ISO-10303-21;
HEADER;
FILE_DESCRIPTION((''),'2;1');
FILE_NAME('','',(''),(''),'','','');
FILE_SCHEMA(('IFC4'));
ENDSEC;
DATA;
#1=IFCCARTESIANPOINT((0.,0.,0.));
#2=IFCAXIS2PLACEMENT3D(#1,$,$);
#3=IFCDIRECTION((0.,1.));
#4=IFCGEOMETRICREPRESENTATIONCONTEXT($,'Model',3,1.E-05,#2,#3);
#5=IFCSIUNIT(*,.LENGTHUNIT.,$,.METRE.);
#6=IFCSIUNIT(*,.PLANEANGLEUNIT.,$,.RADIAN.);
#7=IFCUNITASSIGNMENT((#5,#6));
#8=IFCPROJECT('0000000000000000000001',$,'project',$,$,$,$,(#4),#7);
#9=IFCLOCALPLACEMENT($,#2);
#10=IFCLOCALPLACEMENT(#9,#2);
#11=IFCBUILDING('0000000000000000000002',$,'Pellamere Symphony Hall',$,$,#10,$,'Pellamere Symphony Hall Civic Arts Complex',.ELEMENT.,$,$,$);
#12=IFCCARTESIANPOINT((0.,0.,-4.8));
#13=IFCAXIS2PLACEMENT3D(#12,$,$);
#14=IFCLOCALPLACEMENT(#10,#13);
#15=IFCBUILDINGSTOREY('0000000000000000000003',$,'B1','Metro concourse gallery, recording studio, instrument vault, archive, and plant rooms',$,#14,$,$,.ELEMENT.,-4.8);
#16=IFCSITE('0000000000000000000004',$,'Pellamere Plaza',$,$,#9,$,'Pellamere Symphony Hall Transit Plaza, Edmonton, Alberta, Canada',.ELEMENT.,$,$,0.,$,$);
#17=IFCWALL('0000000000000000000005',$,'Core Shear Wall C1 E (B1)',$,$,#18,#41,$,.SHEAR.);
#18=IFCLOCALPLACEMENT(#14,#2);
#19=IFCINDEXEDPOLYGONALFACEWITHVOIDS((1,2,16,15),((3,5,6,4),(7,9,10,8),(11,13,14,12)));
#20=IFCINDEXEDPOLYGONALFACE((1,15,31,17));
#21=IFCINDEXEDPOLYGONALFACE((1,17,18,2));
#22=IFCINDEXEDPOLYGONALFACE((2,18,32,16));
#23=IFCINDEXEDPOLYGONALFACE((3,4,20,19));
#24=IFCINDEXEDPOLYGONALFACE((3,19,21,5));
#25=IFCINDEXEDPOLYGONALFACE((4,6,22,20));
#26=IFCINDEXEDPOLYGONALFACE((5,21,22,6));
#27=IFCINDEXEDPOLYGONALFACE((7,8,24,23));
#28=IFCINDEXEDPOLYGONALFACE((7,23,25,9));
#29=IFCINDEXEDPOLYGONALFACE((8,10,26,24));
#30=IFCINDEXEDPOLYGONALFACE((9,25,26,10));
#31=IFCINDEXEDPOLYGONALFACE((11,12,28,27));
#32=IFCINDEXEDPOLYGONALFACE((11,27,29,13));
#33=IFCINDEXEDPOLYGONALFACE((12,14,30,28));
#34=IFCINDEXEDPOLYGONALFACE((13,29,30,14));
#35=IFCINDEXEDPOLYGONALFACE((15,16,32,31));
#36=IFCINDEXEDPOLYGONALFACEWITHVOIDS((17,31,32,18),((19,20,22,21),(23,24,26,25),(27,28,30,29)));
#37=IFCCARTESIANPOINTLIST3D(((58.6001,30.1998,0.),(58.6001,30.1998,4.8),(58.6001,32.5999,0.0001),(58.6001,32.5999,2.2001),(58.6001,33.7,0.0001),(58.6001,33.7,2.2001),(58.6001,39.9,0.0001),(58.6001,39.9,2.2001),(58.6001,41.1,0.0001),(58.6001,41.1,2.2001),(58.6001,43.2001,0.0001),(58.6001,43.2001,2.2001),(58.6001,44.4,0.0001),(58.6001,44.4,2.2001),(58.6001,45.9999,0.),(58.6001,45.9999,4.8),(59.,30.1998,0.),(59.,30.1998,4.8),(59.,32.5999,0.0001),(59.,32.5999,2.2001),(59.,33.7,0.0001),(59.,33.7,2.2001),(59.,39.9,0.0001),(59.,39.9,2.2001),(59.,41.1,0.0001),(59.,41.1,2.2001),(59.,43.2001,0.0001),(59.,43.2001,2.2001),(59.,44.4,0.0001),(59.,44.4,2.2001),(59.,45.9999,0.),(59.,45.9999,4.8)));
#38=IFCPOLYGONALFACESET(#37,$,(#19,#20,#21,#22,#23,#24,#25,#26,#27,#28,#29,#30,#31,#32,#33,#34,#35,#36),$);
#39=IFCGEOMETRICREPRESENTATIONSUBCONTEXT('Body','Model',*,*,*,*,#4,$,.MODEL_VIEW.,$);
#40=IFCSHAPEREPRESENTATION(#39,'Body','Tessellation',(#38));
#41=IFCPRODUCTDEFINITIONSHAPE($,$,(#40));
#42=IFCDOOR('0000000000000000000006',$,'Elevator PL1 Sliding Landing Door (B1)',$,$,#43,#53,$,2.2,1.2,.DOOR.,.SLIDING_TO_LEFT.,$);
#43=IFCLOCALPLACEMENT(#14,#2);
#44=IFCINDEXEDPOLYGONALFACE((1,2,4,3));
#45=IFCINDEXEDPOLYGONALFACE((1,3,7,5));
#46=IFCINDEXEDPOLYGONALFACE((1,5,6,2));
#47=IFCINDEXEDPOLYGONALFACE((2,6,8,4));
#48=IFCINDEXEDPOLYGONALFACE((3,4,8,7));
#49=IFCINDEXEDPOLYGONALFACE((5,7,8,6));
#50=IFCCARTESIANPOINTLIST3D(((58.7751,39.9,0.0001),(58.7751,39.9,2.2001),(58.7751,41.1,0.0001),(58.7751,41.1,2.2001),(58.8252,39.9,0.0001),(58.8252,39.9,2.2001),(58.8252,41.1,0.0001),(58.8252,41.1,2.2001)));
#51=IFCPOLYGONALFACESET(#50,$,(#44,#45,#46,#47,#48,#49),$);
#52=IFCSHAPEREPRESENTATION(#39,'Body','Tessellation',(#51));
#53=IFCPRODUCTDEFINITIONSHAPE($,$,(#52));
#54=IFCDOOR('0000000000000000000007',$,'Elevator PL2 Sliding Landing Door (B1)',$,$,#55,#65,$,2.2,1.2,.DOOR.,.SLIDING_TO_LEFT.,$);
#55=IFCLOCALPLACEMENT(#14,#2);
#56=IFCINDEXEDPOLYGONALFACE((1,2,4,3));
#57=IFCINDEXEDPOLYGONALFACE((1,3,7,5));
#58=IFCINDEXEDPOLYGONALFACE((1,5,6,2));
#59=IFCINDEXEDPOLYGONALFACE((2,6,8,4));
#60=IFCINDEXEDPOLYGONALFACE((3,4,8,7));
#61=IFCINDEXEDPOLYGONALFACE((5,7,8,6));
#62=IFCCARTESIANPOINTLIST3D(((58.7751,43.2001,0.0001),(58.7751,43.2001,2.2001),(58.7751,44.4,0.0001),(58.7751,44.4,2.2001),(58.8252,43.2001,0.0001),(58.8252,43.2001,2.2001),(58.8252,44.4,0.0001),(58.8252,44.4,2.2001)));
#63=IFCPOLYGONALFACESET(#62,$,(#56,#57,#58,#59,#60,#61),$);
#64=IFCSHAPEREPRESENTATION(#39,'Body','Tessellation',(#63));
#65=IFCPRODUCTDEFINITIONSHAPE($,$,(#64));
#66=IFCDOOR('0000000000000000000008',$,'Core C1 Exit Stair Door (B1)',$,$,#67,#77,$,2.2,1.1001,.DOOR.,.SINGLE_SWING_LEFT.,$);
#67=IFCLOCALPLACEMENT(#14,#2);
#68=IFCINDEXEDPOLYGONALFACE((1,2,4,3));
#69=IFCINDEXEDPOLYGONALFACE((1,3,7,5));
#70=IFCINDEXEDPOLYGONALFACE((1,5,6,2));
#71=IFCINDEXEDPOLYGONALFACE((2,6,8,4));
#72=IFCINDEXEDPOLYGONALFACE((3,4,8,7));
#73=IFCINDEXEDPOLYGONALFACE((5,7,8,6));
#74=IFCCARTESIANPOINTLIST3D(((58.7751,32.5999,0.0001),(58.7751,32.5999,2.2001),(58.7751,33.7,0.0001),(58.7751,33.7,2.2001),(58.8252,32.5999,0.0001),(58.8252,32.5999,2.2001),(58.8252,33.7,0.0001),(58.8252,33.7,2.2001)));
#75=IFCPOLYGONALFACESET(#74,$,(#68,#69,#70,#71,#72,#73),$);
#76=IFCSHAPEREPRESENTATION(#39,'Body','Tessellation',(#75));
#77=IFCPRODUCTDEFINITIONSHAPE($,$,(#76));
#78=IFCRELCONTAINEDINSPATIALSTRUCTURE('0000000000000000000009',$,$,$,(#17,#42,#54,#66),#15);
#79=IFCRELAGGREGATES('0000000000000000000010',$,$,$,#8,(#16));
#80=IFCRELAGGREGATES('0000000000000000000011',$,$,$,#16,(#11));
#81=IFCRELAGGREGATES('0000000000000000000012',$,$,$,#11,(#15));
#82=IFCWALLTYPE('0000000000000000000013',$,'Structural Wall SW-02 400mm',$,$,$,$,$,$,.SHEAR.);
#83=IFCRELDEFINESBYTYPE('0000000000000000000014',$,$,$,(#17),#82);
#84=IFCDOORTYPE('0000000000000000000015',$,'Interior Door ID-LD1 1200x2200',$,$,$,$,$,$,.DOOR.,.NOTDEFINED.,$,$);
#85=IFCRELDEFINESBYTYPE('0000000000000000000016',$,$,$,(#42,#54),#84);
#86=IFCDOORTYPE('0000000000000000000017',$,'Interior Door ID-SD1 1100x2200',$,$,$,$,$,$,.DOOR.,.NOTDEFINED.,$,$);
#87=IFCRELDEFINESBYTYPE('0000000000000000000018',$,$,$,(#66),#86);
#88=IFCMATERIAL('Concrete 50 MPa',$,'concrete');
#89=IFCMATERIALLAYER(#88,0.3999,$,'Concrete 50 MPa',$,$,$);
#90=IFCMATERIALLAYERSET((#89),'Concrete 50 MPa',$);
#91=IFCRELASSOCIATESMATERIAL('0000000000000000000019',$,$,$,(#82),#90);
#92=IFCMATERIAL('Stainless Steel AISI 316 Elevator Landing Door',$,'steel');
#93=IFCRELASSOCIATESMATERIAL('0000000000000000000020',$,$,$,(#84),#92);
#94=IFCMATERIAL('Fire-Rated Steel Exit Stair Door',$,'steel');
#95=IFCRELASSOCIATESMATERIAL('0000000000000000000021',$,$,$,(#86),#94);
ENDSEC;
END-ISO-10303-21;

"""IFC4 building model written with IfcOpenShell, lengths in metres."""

from ifc_helpers import new_model, si_unit, direction, frame, frame_2d, origin, place, context, subcontext, project, spatial, rectangle, extrude, material, layer, layer_set, type_object, element, fill, save


model = new_model("IFC4")

# Units and contexts
model_context = context("Model", 3, precision=1e-05, world=origin(), true_north=direction((0.0, 1.0)))
body_context = subcontext(model_context, "Body", "Model", "MODEL_VIEW")
ifc_project = project(units=[si_unit("LENGTHUNIT", "METRE"), si_unit("PLANEANGLEUNIT", "RADIAN")], contexts=[model_context])

# Site, building, storey
site_placement = place(None, origin())
site = spatial("IfcSite", under=ifc_project, at=site_placement, Name="Pellamere Plaza", LongName="Pellamere Symphony Hall Transit Plaza, Edmonton, Alberta, Canada", CompositionType="ELEMENT", RefElevation=0.0)
building_placement = place(site_placement, origin())
building = spatial("IfcBuilding", under=site, at=building_placement, Name="Pellamere Symphony Hall", LongName="Pellamere Symphony Hall Civic Arts Complex", CompositionType="ELEMENT")
storey_placement = place(building_placement, frame((0.0, 0.0, -4.8)))
storey = spatial("IfcBuildingStorey", under=building, at=storey_placement, Name="B1", Description="Metro concourse gallery, recording studio, instrument vault, archive, and plant rooms", CompositionType="ELEMENT", Elevation=-4.8)

# Shared definitions
ifc_material_1 = material(Name="Concrete 50 MPa", Category="concrete")

# Wall, openings, doors
ifc_layer_1 = layer(ifc_material_1, 0.3999, Name="Concrete 50 MPa")
ifc_layer_set_1 = layer_set([ifc_layer_1], Name="Concrete 50 MPa")
wall_type_1 = type_object("IfcWallType", Name="Structural Wall SW-02 400mm", PredefinedType="SHEAR", material=ifc_layer_set_1)
wall_1_placement = place(storey_placement, frame((58.8, 30.2, 0.0), z_axis=(0.0, 0.0, 1.0), x_axis=(0.0, 1.0, 0.0)))
wall_1 = element("IfcWall", 1, at=wall_1_placement, inside=storey, type_object=wall_type_1, Name="Core Shear Wall C1 E (B1)", PredefinedType="SHEAR", context=body_context, shape_type="SweptSolid", body=[
    extrude(rectangle(XDim=15.8, YDim=0.3999, at=frame_2d((7.8999, 0.0))), origin(), (0.0, 0.0, 1.0), 4.8),
])
opening_1_placement = place(wall_1_placement, frame((9.7, 0.0, 0.0)))
opening_1 = element("IfcOpeningElement", 2, at=opening_1_placement, cuts=wall_1, PredefinedType="OPENING", context=body_context, shape_type="SweptSolid", body=[
    extrude(rectangle(XDim=1.2, YDim=2.2, at=frame_2d((0.6001, 1.1001))), frame((0.0, 0.21, 0.0), z_axis=(0.0, -1.0, 0.0), x_axis=(1.0, 0.0, 0.0)), (0.0, 0.0, 1.0), 0.4199),
])
opening_2_placement = place(wall_1_placement, frame((13.0, 0.0, 0.0)))
opening_2 = element("IfcOpeningElement", 3, at=opening_2_placement, cuts=wall_1, PredefinedType="OPENING", context=body_context, shape_type="SweptSolid", body=[
    extrude(rectangle(XDim=1.2, YDim=2.2, at=frame_2d((0.6001, 1.1001))), frame((0.0, 0.21, 0.0), z_axis=(0.0, -1.0, 0.0), x_axis=(1.0, 0.0, 0.0)), (0.0, 0.0, 1.0), 0.4199),
])
opening_3_placement = place(wall_1_placement, frame((2.3999, 0.0, 0.0)))
opening_3 = element("IfcOpeningElement", 4, at=opening_3_placement, cuts=wall_1, PredefinedType="OPENING", context=body_context, shape_type="SweptSolid", body=[
    extrude(rectangle(XDim=1.1001, YDim=2.2, at=frame_2d((0.55, 1.1001))), frame((0.0, 0.21, 0.0), z_axis=(0.0, -1.0, 0.0), x_axis=(1.0, 0.0, 0.0)), (0.0, 0.0, 1.0), 0.4199),
])
ifc_material_2 = material(Name="Stainless Steel AISI 316 Elevator Landing Door", Category="steel")
door_type_1 = type_object("IfcDoorType", Name="Interior Door ID-LD1 1200x2200", OperationType="NOTDEFINED", PredefinedType="DOOR", material=ifc_material_2)
door_1_placement = place(opening_1_placement, origin())
door_1 = element("IfcDoor", 5, at=door_1_placement, inside=storey, type_object=door_type_1, Name="Elevator PL1 Sliding Landing Door (B1)", OperationType="SLIDING_TO_LEFT", OverallHeight=2.2, OverallWidth=1.2, PredefinedType="DOOR", context=body_context, shape_type="SweptSolid", body=[
    extrude(rectangle(XDim=1.2, YDim=2.2, at=frame_2d((0.6001, 1.1001))), frame((0.0, 0.0249, 0.0), z_axis=(0.0, -1.0, 0.0), x_axis=(1.0, 0.0, 0.0)), (0.0, 0.0, 1.0), 0.05),
])
fill(opening_1, door_1)
door_2_placement = place(opening_2_placement, origin())
door_2 = element("IfcDoor", 6, at=door_2_placement, inside=storey, type_object=door_type_1, Name="Elevator PL2 Sliding Landing Door (B1)", OperationType="SLIDING_TO_LEFT", OverallHeight=2.2, OverallWidth=1.2, PredefinedType="DOOR", context=body_context, shape_type="SweptSolid", body=[
    extrude(rectangle(XDim=1.2, YDim=2.2, at=frame_2d((0.6001, 1.1001))), frame((0.0, 0.0249, 0.0), z_axis=(0.0, -1.0, 0.0), x_axis=(1.0, 0.0, 0.0)), (0.0, 0.0, 1.0), 0.05),
])
fill(opening_2, door_2)
ifc_material_3 = material(Name="Fire-Rated Steel Exit Stair Door", Category="steel")
door_type_2 = type_object("IfcDoorType", Name="Interior Door ID-SD1 1100x2200", OperationType="NOTDEFINED", PredefinedType="DOOR", material=ifc_material_3)
door_3_placement = place(opening_3_placement, origin())
door_3 = element("IfcDoor", 7, at=door_3_placement, inside=storey, type_object=door_type_2, Name="Core C1 Exit Stair Door (B1)", OperationType="SINGLE_SWING_LEFT", OverallHeight=2.2, OverallWidth=1.1001, PredefinedType="DOOR", context=body_context, shape_type="SweptSolid", body=[
    extrude(rectangle(XDim=1.1001, YDim=2.2, at=frame_2d((0.55, 1.1001))), frame((0.0, 0.0249, 0.0), z_axis=(0.0, -1.0, 0.0), x_axis=(1.0, 0.0, 0.0)), (0.0, 0.0, 1.0), 0.05),
])
fill(opening_3, door_3)

save(model, "model.ifc")
